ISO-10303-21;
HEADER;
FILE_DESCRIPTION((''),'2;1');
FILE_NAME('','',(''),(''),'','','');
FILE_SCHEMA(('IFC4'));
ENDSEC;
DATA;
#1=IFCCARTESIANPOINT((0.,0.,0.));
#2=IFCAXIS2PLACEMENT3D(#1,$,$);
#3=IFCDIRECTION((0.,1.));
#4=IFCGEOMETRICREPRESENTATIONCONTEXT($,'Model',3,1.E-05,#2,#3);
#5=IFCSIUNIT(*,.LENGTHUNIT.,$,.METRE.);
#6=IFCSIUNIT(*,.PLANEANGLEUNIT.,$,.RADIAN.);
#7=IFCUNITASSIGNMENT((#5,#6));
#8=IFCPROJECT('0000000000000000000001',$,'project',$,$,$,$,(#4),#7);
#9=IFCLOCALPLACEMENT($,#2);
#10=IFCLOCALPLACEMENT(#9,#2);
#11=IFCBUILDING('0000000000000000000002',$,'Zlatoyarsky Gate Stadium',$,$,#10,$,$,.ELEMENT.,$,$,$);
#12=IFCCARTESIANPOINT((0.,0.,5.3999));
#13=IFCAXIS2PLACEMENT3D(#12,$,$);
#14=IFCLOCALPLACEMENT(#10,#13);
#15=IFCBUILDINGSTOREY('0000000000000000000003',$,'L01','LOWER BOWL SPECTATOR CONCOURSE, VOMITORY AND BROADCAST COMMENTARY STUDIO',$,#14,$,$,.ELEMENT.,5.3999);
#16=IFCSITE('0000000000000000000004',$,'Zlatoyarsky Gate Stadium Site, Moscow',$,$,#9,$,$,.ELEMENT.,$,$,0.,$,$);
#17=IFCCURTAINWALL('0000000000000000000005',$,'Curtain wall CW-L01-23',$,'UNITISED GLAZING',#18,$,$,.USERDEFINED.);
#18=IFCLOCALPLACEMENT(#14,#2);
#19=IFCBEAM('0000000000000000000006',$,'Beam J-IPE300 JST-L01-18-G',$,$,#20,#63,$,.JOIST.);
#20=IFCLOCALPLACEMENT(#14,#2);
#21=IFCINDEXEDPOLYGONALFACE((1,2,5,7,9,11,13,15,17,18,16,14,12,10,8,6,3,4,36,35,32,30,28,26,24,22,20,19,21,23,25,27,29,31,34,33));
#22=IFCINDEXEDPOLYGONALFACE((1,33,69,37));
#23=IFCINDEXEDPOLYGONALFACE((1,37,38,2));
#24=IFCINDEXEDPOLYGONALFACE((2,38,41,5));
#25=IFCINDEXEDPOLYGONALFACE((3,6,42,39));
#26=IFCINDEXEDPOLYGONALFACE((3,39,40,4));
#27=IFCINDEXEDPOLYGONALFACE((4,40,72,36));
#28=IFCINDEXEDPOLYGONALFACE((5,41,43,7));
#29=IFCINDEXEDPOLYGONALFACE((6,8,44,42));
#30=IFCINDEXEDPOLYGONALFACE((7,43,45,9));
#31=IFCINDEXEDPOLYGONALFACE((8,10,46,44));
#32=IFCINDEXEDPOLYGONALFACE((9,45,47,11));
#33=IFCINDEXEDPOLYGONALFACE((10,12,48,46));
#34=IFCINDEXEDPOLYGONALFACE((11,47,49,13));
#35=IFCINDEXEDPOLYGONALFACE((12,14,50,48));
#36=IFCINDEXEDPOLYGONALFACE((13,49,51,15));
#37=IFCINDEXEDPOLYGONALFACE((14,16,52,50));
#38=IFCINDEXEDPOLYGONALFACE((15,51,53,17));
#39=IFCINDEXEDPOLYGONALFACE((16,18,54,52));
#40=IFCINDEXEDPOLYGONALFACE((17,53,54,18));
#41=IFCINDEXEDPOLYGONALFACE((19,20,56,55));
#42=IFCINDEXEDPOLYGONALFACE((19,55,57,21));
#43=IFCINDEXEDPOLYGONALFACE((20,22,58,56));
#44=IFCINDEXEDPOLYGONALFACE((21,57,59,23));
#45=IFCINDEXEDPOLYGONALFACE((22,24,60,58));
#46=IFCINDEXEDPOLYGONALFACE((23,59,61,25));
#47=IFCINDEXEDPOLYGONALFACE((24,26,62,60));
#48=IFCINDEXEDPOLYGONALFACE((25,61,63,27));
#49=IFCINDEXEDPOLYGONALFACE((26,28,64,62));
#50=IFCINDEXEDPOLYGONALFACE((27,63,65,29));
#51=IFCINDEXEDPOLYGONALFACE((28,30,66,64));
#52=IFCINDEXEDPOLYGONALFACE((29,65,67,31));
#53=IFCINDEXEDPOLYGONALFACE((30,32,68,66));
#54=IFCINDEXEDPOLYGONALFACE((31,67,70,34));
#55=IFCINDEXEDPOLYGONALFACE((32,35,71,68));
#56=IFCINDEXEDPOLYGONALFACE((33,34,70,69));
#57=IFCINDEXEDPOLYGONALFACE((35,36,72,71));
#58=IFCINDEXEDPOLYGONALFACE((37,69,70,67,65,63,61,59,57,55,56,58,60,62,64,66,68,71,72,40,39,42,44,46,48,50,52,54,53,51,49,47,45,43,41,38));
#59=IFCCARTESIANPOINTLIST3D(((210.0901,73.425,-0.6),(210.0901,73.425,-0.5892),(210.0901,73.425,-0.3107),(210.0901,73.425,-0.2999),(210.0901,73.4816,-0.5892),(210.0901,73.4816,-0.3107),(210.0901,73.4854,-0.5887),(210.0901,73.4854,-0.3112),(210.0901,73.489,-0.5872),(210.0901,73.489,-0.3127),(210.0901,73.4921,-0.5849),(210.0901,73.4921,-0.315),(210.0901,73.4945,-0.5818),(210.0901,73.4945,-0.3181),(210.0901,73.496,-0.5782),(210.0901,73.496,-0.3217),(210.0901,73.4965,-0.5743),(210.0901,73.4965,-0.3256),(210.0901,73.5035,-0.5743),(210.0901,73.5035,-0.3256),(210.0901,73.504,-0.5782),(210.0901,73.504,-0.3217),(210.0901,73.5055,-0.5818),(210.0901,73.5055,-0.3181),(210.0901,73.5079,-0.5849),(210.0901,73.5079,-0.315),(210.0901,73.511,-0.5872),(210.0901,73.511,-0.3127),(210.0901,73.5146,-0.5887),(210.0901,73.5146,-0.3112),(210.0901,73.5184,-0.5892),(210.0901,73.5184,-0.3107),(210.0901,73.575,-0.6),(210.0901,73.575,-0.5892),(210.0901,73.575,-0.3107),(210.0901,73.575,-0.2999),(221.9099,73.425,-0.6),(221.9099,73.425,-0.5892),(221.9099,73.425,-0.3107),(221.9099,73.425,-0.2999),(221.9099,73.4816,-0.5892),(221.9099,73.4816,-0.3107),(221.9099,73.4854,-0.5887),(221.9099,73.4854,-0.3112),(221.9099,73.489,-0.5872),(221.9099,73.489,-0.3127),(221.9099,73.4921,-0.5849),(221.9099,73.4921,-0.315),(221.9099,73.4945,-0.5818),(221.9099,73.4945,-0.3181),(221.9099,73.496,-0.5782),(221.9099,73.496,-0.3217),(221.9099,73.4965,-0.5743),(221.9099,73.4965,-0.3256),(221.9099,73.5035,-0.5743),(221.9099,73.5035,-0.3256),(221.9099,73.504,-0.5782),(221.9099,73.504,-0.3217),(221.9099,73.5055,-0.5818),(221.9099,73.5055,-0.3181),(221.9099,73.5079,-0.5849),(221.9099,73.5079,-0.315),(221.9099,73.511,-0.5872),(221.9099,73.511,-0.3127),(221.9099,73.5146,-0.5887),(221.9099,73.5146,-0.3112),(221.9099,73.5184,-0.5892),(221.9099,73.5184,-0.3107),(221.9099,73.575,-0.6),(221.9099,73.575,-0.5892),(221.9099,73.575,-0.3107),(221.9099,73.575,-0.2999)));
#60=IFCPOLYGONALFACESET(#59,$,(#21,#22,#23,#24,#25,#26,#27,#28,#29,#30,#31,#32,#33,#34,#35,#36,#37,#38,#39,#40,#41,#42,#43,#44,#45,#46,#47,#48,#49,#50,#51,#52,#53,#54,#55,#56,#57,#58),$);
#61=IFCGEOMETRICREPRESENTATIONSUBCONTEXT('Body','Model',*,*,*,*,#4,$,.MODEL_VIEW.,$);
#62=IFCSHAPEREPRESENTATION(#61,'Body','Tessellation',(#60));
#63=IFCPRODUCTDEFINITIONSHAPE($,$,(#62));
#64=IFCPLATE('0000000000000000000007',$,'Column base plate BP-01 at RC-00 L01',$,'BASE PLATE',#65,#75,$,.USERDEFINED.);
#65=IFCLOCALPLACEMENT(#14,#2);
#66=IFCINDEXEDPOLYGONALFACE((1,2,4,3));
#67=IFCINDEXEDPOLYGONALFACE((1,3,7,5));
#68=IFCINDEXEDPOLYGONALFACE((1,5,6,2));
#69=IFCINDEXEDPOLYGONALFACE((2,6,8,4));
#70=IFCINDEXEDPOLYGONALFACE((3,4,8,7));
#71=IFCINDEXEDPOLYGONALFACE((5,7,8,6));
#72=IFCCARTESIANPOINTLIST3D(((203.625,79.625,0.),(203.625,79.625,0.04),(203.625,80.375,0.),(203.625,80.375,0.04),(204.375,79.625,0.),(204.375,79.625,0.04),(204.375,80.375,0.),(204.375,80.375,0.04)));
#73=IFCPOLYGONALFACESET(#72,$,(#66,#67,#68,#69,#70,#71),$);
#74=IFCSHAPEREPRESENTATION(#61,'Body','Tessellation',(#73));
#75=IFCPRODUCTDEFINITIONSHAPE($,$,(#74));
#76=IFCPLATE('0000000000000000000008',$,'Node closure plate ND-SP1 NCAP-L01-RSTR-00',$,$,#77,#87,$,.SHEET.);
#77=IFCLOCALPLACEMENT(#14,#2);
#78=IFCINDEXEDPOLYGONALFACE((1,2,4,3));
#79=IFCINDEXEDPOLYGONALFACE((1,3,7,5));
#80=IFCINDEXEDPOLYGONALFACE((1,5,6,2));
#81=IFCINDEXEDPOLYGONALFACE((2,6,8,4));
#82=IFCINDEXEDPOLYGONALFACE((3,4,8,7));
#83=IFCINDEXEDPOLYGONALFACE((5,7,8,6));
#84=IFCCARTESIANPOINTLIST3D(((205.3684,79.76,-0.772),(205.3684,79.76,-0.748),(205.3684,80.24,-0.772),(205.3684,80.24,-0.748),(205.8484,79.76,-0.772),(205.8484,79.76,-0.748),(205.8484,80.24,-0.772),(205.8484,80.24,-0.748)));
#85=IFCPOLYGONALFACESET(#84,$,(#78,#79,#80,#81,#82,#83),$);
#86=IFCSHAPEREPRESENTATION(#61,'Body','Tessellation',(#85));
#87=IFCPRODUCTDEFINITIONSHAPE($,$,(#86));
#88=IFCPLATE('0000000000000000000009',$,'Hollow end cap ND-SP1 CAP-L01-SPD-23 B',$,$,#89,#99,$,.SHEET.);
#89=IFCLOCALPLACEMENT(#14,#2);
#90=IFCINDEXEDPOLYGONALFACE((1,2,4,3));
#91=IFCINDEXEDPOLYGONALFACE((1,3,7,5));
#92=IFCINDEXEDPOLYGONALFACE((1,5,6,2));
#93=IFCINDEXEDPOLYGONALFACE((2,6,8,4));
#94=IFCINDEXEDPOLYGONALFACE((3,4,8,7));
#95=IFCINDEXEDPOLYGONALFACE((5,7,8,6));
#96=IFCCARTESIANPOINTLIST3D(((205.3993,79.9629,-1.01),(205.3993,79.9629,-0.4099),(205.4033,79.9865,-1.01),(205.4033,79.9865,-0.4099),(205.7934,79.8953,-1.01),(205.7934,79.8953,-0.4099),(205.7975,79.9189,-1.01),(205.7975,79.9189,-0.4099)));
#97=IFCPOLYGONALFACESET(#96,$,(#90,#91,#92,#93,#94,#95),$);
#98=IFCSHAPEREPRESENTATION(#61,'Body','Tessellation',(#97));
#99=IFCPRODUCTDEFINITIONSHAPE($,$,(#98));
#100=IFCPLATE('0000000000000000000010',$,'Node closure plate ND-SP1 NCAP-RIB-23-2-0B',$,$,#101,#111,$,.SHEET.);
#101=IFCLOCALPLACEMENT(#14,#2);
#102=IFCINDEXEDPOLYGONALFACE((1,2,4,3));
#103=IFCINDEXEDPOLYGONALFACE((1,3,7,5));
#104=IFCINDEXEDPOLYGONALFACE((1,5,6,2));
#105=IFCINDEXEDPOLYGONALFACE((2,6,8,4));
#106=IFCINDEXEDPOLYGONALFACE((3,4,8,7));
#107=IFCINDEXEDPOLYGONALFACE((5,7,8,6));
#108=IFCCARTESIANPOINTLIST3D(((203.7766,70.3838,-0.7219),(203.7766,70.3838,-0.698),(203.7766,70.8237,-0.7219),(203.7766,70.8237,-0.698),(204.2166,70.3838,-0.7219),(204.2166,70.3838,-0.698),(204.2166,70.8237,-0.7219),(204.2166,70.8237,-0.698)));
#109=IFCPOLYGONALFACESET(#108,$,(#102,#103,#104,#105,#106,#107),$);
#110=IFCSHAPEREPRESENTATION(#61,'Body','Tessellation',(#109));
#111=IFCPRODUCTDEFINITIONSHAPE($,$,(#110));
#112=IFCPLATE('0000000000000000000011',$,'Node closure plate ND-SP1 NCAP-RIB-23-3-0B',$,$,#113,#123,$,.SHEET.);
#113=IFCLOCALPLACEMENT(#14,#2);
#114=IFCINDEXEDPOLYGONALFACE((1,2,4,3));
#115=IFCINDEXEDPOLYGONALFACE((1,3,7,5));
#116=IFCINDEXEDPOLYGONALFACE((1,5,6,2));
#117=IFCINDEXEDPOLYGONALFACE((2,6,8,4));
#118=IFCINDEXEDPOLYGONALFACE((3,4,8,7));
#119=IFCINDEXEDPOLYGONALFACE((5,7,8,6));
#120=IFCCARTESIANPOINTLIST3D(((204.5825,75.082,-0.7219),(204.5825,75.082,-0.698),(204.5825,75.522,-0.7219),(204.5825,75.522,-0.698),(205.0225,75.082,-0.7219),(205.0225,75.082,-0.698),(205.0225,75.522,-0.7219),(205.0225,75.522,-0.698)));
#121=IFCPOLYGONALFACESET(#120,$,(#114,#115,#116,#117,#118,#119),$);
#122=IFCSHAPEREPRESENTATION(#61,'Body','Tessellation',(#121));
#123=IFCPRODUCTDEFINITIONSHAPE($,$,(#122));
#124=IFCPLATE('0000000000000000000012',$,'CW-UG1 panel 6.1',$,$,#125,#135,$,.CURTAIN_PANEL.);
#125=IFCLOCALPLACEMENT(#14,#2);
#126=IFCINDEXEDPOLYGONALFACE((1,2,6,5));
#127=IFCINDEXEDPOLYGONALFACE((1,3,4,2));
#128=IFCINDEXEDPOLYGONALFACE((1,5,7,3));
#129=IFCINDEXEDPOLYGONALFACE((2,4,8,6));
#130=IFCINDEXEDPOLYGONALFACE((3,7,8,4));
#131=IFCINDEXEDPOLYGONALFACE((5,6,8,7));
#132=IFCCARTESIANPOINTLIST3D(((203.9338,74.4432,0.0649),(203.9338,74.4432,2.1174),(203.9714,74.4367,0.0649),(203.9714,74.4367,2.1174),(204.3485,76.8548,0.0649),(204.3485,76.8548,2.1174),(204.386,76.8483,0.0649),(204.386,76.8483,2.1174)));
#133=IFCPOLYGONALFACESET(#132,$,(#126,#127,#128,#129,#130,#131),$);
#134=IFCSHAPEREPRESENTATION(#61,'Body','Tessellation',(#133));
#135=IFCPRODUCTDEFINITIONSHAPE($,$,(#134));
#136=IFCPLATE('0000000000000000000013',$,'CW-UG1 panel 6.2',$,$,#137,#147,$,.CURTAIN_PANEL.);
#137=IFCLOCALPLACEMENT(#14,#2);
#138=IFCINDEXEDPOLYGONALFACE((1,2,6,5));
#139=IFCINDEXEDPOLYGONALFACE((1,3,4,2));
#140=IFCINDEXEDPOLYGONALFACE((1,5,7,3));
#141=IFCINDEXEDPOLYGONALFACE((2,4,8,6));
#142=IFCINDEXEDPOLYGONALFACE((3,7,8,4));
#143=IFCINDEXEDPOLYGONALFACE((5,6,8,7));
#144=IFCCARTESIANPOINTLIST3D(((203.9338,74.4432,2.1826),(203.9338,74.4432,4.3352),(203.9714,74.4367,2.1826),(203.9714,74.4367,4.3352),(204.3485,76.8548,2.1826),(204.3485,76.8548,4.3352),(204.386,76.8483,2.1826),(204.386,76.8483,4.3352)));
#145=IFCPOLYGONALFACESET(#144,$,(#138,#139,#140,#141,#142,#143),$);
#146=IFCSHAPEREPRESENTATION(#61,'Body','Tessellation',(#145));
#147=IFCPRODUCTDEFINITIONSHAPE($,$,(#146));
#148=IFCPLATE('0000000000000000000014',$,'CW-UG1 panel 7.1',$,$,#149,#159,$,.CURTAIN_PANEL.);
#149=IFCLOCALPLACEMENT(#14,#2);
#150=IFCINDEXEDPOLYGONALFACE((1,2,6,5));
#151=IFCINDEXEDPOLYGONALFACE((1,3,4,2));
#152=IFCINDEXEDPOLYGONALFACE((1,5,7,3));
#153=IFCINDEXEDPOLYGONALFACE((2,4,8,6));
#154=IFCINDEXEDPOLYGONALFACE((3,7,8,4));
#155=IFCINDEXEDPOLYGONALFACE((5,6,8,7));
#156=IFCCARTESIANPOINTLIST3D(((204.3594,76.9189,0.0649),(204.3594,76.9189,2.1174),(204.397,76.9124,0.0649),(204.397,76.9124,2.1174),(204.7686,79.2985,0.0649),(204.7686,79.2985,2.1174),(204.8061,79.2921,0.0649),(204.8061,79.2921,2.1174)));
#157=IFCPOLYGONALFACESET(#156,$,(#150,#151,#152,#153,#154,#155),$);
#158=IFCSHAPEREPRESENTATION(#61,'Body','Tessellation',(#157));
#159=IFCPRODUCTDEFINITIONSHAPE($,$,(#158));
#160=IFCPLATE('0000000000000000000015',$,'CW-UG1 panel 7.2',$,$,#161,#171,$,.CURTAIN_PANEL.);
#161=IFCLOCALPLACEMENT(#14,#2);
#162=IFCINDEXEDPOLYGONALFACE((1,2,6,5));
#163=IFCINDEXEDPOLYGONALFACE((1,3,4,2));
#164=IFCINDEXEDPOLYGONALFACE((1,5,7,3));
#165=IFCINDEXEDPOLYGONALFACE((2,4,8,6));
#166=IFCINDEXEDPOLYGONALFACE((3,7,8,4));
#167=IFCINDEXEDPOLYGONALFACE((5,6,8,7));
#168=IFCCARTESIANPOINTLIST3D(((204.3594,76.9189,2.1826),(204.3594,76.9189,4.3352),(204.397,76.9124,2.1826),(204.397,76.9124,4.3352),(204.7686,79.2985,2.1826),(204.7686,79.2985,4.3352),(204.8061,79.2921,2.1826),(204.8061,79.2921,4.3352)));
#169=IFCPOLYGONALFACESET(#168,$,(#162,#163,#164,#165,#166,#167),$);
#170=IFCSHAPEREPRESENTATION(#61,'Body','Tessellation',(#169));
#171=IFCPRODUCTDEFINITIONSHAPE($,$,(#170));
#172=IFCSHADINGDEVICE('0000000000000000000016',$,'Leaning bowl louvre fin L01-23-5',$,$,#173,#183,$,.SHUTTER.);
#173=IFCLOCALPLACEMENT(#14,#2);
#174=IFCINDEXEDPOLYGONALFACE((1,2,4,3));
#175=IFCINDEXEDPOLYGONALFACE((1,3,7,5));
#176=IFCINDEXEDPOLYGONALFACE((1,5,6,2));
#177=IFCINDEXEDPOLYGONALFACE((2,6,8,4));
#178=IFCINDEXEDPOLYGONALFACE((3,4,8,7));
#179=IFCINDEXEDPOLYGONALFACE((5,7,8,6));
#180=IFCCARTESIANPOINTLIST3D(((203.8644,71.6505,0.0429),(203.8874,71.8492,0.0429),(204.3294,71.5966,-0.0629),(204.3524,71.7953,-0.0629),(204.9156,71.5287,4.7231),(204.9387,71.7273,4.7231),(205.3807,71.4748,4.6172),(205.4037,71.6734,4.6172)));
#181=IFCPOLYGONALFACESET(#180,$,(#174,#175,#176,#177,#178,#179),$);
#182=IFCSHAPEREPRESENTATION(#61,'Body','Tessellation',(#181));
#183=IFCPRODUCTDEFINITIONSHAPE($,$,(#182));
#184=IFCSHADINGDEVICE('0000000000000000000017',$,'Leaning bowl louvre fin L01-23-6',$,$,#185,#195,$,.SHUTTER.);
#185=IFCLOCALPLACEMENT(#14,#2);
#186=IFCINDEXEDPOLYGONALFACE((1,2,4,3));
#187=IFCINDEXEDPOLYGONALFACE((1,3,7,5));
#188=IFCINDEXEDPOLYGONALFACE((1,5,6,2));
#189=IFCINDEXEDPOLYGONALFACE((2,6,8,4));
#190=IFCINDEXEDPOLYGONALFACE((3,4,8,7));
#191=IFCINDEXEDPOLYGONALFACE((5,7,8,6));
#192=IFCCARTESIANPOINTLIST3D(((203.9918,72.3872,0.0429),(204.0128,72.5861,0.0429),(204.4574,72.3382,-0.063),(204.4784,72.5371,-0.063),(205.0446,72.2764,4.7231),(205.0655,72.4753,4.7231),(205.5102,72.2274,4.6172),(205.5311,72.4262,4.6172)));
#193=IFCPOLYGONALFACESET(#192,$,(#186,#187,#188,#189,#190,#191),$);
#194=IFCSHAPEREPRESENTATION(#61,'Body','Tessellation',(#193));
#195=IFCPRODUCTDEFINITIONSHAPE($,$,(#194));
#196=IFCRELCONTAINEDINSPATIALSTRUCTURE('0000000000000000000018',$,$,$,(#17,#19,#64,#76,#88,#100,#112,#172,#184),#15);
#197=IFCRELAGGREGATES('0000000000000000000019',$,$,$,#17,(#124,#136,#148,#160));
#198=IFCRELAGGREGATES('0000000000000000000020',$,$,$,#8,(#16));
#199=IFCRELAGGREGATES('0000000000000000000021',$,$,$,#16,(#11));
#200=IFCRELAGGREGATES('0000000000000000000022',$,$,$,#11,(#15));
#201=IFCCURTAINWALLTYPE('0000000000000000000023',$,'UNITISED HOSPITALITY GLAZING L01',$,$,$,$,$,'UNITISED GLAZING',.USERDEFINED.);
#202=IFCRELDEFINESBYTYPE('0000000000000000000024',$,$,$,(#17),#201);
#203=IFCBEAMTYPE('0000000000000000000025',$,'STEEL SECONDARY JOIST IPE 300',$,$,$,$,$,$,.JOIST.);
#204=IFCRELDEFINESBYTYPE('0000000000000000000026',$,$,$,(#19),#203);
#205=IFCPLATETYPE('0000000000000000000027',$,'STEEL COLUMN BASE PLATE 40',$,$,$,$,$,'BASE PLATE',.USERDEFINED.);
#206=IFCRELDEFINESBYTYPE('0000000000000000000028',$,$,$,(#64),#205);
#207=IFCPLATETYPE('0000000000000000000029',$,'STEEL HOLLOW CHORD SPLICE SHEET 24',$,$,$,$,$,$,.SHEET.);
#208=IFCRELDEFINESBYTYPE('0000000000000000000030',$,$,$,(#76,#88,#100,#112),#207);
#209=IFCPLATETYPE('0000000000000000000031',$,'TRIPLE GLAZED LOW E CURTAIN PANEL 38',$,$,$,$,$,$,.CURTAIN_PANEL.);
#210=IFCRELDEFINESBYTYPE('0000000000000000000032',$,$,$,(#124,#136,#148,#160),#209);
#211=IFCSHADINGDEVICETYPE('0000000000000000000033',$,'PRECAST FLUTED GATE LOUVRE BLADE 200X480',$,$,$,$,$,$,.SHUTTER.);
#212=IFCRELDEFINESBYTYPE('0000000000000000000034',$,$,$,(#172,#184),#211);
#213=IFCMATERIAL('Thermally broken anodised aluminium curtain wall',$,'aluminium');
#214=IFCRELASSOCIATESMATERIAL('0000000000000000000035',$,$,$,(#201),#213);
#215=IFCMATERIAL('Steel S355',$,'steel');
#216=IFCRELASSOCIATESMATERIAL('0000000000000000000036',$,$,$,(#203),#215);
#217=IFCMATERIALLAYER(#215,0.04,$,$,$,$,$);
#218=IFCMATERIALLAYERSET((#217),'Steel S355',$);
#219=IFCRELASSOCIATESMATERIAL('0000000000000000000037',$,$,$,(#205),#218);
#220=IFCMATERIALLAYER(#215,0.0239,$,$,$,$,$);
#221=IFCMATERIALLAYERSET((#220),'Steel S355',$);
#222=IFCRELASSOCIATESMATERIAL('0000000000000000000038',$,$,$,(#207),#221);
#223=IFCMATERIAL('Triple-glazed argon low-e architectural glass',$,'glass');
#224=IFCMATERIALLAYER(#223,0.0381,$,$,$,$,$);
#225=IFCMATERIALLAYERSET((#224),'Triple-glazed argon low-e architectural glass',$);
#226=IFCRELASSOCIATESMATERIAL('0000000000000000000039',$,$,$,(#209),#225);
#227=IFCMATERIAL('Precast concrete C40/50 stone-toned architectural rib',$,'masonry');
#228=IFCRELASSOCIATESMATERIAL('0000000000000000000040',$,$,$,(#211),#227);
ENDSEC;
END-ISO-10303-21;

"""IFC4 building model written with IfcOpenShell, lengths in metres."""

from ifc_helpers import new_model, si_unit, direction, frame, origin, origin_2d, place, context, subcontext, project, spatial, rectangle, i_section, extrude, material, layer, layer_set, material_profile, profile_set, type_object, element, aggregate, save


model = new_model("IFC4")

# Units and contexts
model_context = context("Model", 3, precision=1e-05, world=origin(), true_north=direction((0.0, 1.0)))
body_context = subcontext(model_context, "Body", "Model", "MODEL_VIEW")
ifc_project = project(units=[si_unit("LENGTHUNIT", "METRE"), si_unit("PLANEANGLEUNIT", "RADIAN")], contexts=[model_context])

# Site, building, storey
site_placement = place(None, origin())
site = spatial("IfcSite", under=ifc_project, at=site_placement, Name="Zlatoyarsky Gate Stadium Site, Moscow", CompositionType="ELEMENT", RefElevation=0.0)
building_placement = place(site_placement, origin())
building = spatial("IfcBuilding", under=site, at=building_placement, Name="Zlatoyarsky Gate Stadium", CompositionType="ELEMENT")
storey_placement = place(building_placement, frame((0.0, 0.0, 5.3999)))
storey = spatial("IfcBuildingStorey", under=building, at=storey_placement, Name="L01", Description="LOWER BOWL SPECTATOR CONCOURSE, VOMITORY AND BROADCAST COMMENTARY STUDIO", CompositionType="ELEMENT", Elevation=5.3999)

# Shared definitions
ifc_material_1 = material(Name="Steel S355", Category="steel")

# Curtain wall
ifc_material_2 = material(Name="Thermally broken anodised aluminium curtain wall", Category="aluminium")
curtain_wall_type = type_object("IfcCurtainWallType", Name="UNITISED HOSPITALITY GLAZING L01", ElementType="UNITISED GLAZING", PredefinedType="USERDEFINED", material=ifc_material_2)
curtain_wall_placement = place(storey_placement, origin())
curtain_wall = element("IfcCurtainWall", 1, at=curtain_wall_placement, inside=storey, type_object=curtain_wall_type, Name="Curtain wall CW-L01-23", ObjectType="UNITISED GLAZING", PredefinedType="USERDEFINED")

# Beam
ifc_material_profile_1 = material_profile(ifc_material_1, i_section(OverallWidth=0.1499, OverallDepth=0.3, WebThickness=0.0071, FlangeThickness=0.0107, FilletRadius=0.0149, at=origin_2d()), Name="IPE 300")
ifc_profile_set_1 = profile_set([ifc_material_profile_1], Name="Steel S355")
beam_type_1 = type_object("IfcBeamType", Name="STEEL SECONDARY JOIST IPE 300", PredefinedType="JOIST", material=ifc_profile_set_1)
beam_1_placement = place(storey_placement, frame((210.0901, 73.5, -0.45), z_axis=(1.0, 0.0, 0.0), x_axis=(0.0, 1.0, 0.0)))
element("IfcBeam", 2, at=beam_1_placement, inside=storey, type_object=beam_type_1, Name="Beam J-IPE300 JST-L01-18-G", PredefinedType="JOIST", context=body_context, shape_type="SweptSolid", body=[
    extrude(i_section(OverallWidth=0.1499, OverallDepth=0.3, WebThickness=0.0071, FlangeThickness=0.0107, FilletRadius=0.0149, at=origin_2d()), origin(), (0.0, 0.0, 1.0), 11.8198),
])

# Plates
ifc_layer_1 = layer(ifc_material_1, 0.04)
ifc_layer_set_1 = layer_set([ifc_layer_1], Name="Steel S355")
plate_type_1 = type_object("IfcPlateType", Name="STEEL COLUMN BASE PLATE 40", ElementType="BASE PLATE", PredefinedType="USERDEFINED", material=ifc_layer_set_1)
plate_1_placement = place(storey_placement, frame((204.0, 80.0, 0.0), z_axis=(0.0, 0.0, 1.0), x_axis=(1.0, 0.0, 0.0)))
element("IfcPlate", 3, at=plate_1_placement, inside=storey, type_object=plate_type_1, Name="Column base plate BP-01 at RC-00 L01", ObjectType="BASE PLATE", PredefinedType="USERDEFINED", context=body_context, shape_type="SweptSolid", body=[
    extrude(rectangle(XDim=0.75, YDim=0.75, at=origin_2d()), origin(), (0.0, 0.0, 1.0), 0.04),
])
ifc_layer_2 = layer(ifc_material_1, 0.0239)
ifc_layer_set_2 = layer_set([ifc_layer_2], Name="Steel S355")
plate_type_2 = type_object("IfcPlateType", Name="STEEL HOLLOW CHORD SPLICE SHEET 24", PredefinedType="SHEET", material=ifc_layer_set_2)
plate_2_placement = place(storey_placement, frame((205.6084, 80.0, -0.772), z_axis=(0.0, 0.0, 1.0), x_axis=(1.0, 0.0, 0.0)))
element("IfcPlate", 4, at=plate_2_placement, inside=storey, type_object=plate_type_2, Name="Node closure plate ND-SP1 NCAP-L01-RSTR-00", PredefinedType="SHEET", context=body_context, shape_type="SweptSolid", body=[
    extrude(rectangle(XDim=0.48, YDim=0.48, at=origin_2d()), origin(), (0.0, 0.0, 1.0), 0.0239),
])
plate_3_placement = place(storey_placement, frame((205.5984, 79.9409, -1.01), z_axis=(0.0, 0.0, 1.0), x_axis=(0.169072, 0.985604, 0.0)))
element("IfcPlate", 5, at=plate_3_placement, inside=storey, type_object=plate_type_2, Name="Hollow end cap ND-SP1 CAP-L01-SPD-23 B", PredefinedType="SHEET", context=body_context, shape_type="SweptSolid", body=[
    extrude(rectangle(XDim=0.0239, YDim=0.3999, at=origin_2d()), origin(), (0.0, 0.0, 1.0), 0.6001),
])
for number, where, z_axis, x_axis, name in (
    (6, (203.9966, 70.6038, -0.7219), (0.0, 0.0, 1.0), (1.0, 0.0, 0.0), "Node closure plate ND-SP1 NCAP-RIB-23-2-0B"),
    (7, (204.8025, 75.302, -0.7219), (0.0, 0.0, 1.0), (1.0, 0.0, 0.0), "Node closure plate ND-SP1 NCAP-RIB-23-3-0B"),
):
    element("IfcPlate", number, at=place(storey_placement, frame(where, z_axis=z_axis, x_axis=x_axis)), inside=storey, type_object=plate_type_2, Name=name, PredefinedType="SHEET", context=body_context, shape_type="SweptSolid", body=[
        extrude(rectangle(XDim=0.4399, YDim=0.4399, at=origin_2d()), origin(), (0.0, 0.0, 1.0), 0.0239),
    ])

# Plates
ifc_material_3 = material(Name="Triple-glazed argon low-e architectural glass", Category="glass")
ifc_layer_3 = layer(ifc_material_3, 0.0381)
ifc_layer_set_3 = layer_set([ifc_layer_3], Name="Triple-glazed argon low-e architectural glass")
plate_type_3 = type_object("IfcPlateType", Name="TRIPLE GLAZED LOW E CURTAIN PANEL 38", PredefinedType="CURTAIN_PANEL", material=ifc_layer_set_3)
plate_4_placement = place(storey_placement, frame((204.1599, 75.6458, 0.0649), z_axis=(0.0, 0.0, 1.0), x_axis=(0.169451, 0.985539, 0.0)))
plate_4 = element("IfcPlate", 8, at=plate_4_placement, type_object=plate_type_3, Name="CW-UG1 panel 6.1", PredefinedType="CURTAIN_PANEL", context=body_context, shape_type="SweptSolid", body=[
    extrude(rectangle(XDim=2.447, YDim=0.0381, at=origin_2d()), origin(), (0.0, 0.0, 1.0), 2.0525),
])
plate_5_placement = place(storey_placement, frame((204.1599, 75.6458, 2.1826), z_axis=(0.0, 0.0, 1.0), x_axis=(0.169451, 0.985539, 0.0)))
plate_5 = element("IfcPlate", 9, at=plate_5_placement, type_object=plate_type_3, Name="CW-UG1 panel 6.2", PredefinedType="CURTAIN_PANEL", context=body_context, shape_type="SweptSolid", body=[
    extrude(rectangle(XDim=2.447, YDim=0.0381, at=origin_2d()), origin(), (0.0, 0.0, 1.0), 2.1526),
])
plate_6_placement = place(storey_placement, frame((204.5828, 78.1055, 0.0649), z_axis=(0.0, 0.0, 1.0), x_axis=(0.169451, 0.985539, 0.0)))
plate_6 = element("IfcPlate", 10, at=plate_6_placement, type_object=plate_type_3, Name="CW-UG1 panel 7.1", PredefinedType="CURTAIN_PANEL", context=body_context, shape_type="SweptSolid", body=[
    extrude(rectangle(XDim=2.4146, YDim=0.0381, at=origin_2d()), origin(), (0.0, 0.0, 1.0), 2.0525),
])
plate_7_placement = place(storey_placement, frame((204.5828, 78.1055, 2.1826), z_axis=(0.0, 0.0, 1.0), x_axis=(0.169451, 0.985539, 0.0)))
plate_7 = element("IfcPlate", 11, at=plate_7_placement, type_object=plate_type_3, Name="CW-UG1 panel 7.2", PredefinedType="CURTAIN_PANEL", context=body_context, shape_type="SweptSolid", body=[
    extrude(rectangle(XDim=2.4146, YDim=0.0381, at=origin_2d()), origin(), (0.0, 0.0, 1.0), 2.1526),
])
aggregate(curtain_wall, [plate_4, plate_5, plate_6, plate_7])

# Shading devices
ifc_material_4 = material(Name="Precast concrete C40/50 stone-toned architectural rib", Category="masonry")
ifc_material_profile_2 = material_profile(ifc_material_4, rectangle(XDim=0.2, YDim=0.48, at=origin_2d()), Name="RIB 200X480")
ifc_profile_set_2 = profile_set([ifc_material_profile_2], Name="Precast concrete C40/50 stone-toned architectural rib")
shading_device_type = type_object("IfcShadingDeviceType", Name="PRECAST FLUTED GATE LOUVRE BLADE 200X480", PredefinedType="SHUTTER", material=ifc_profile_set_2)
for number, where, z_axis, x_axis, name in (
    (12, (204.1084, 71.7229, -0.01), (0.21909, -0.025389, 0.975374), (0.115114, 0.993352, 0.0), "Leaning bowl louvre fin L01-23-5"),
    (13, (204.2351, 72.4622, -0.01), (0.219393, -0.023099, 0.975363), (0.104709, 0.994503, 0.0), "Leaning bowl louvre fin L01-23-6"),
):
    element("IfcShadingDevice", number, at=place(storey_placement, frame(where, z_axis=z_axis, x_axis=x_axis)), inside=storey, type_object=shading_device_type, Name=name, PredefinedType="SHUTTER", context=body_context, shape_type="SweptSolid", body=[
        extrude(rectangle(XDim=0.2, YDim=0.48, at=origin_2d()), origin(), (0.0, 0.0, 1.0), 4.7983),
    ])

save(model, "model.ifc")
